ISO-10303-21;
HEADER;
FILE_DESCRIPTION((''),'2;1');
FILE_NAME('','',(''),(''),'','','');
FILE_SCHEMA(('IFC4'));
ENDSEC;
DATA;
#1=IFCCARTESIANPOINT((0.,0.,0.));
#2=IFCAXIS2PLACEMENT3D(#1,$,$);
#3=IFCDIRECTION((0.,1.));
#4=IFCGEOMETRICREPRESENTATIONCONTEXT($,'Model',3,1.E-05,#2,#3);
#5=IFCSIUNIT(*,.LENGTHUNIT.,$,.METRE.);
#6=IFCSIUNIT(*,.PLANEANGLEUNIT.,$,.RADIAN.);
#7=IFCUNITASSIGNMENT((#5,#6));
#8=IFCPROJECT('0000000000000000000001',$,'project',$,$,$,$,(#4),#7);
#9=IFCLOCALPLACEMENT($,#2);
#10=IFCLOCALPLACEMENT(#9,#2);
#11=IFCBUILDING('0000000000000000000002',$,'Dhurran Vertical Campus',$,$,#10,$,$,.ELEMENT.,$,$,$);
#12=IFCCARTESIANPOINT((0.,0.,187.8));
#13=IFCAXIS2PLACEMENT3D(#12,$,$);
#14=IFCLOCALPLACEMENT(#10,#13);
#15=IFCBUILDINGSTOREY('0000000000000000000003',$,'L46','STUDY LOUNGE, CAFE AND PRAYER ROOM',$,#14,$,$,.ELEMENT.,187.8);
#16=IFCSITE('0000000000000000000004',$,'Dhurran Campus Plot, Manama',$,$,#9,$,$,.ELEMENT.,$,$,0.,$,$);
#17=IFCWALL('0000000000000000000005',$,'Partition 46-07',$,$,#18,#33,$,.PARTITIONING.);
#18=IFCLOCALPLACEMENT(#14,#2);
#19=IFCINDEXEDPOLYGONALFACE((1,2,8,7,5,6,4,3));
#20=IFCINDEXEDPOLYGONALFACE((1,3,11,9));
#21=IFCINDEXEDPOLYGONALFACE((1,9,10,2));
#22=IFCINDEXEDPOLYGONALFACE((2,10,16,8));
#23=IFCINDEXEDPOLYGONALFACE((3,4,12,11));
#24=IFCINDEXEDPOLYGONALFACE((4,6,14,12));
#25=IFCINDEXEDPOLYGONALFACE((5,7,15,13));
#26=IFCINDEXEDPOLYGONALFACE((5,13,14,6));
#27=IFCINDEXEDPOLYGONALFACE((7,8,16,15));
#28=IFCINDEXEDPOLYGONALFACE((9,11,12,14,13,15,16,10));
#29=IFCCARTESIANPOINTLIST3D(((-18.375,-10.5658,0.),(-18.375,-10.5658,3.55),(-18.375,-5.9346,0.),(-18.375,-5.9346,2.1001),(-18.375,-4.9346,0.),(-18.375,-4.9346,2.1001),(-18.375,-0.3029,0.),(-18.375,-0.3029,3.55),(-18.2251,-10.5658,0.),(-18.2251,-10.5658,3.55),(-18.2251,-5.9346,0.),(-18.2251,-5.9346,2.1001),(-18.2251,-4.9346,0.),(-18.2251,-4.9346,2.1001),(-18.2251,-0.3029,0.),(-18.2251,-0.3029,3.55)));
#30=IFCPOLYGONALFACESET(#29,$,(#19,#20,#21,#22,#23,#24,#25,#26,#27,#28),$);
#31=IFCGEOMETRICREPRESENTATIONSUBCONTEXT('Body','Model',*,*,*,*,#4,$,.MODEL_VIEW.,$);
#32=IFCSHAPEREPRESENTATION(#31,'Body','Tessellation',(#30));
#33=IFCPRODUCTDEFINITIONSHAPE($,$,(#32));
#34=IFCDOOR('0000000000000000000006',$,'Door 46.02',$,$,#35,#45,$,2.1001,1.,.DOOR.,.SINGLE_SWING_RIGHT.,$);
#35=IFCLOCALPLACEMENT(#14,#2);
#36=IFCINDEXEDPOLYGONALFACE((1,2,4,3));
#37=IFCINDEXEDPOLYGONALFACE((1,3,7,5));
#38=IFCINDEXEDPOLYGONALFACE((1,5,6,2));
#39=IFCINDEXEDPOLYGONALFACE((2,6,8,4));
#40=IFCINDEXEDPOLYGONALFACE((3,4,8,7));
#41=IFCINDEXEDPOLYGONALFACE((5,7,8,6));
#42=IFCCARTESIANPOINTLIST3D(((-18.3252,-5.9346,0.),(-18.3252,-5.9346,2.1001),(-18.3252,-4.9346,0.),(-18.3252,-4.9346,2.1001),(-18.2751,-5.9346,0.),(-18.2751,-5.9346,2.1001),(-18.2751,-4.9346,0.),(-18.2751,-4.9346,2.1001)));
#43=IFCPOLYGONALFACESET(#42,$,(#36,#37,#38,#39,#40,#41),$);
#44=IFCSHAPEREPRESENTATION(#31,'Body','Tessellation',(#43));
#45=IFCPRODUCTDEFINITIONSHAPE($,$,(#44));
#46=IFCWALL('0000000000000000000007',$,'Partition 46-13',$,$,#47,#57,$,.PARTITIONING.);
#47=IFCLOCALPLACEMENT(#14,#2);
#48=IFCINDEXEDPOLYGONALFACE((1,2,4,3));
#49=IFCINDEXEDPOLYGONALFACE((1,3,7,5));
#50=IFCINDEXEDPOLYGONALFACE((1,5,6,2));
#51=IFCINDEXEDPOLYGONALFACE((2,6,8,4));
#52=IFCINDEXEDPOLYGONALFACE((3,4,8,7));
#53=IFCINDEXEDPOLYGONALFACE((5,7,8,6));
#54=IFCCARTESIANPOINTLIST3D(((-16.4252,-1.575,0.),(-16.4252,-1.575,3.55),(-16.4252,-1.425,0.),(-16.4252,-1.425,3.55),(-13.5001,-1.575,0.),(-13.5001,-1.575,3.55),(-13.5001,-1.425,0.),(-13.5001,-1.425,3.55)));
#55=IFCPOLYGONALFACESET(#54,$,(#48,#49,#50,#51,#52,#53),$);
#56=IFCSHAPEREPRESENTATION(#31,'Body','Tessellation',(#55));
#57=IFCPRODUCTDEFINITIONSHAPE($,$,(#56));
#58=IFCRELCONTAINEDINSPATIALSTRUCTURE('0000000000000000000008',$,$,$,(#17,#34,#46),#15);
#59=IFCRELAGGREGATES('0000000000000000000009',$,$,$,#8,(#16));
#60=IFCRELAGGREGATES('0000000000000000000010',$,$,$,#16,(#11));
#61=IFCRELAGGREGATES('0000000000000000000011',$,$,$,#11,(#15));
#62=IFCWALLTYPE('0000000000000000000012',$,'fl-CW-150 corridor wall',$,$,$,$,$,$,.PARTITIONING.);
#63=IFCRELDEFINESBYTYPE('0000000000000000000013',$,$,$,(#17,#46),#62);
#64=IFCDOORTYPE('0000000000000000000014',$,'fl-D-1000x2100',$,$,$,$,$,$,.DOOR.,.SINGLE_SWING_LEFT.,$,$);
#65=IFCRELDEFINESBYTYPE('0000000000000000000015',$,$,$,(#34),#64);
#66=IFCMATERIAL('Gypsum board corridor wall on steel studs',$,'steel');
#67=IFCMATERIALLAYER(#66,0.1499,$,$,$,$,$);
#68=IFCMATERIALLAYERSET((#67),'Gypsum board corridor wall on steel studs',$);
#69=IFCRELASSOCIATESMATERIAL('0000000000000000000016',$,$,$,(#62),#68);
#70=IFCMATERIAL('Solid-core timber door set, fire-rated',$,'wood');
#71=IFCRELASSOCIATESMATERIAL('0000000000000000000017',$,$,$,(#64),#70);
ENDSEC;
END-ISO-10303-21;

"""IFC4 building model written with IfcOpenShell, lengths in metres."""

from ifc_helpers import new_model, si_unit, direction, frame, frame_2d, origin, place, context, subcontext, project, spatial, rectangle, extrude, material, layer, layer_set, type_object, element, fill, save


model = new_model("IFC4")

# Units and contexts
model_context = context("Model", 3, precision=1e-05, world=origin(), true_north=direction((0.0, 1.0)))
body_context = subcontext(model_context, "Body", "Model", "MODEL_VIEW")
ifc_project = project(units=[si_unit("LENGTHUNIT", "METRE"), si_unit("PLANEANGLEUNIT", "RADIAN")], contexts=[model_context])

# Site, building, storey
site_placement = place(None, origin())
site = spatial("IfcSite", under=ifc_project, at=site_placement, Name="Dhurran Campus Plot, Manama", CompositionType="ELEMENT", RefElevation=0.0)
building_placement = place(site_placement, origin())
building = spatial("IfcBuilding", under=site, at=building_placement, Name="Dhurran Vertical Campus", CompositionType="ELEMENT")
storey_placement = place(building_placement, frame((0.0, 0.0, 187.8)))
storey = spatial("IfcBuildingStorey", under=building, at=storey_placement, Name="L46", Description="STUDY LOUNGE, CAFE AND PRAYER ROOM", CompositionType="ELEMENT", Elevation=187.8)

# Wall, opening, door
ifc_material_1 = material(Name="Gypsum board corridor wall on steel studs", Category="steel")
ifc_layer_1 = layer(ifc_material_1, 0.1499)
ifc_layer_set_1 = layer_set([ifc_layer_1], Name="Gypsum board corridor wall on steel studs")
wall_type_1 = type_object("IfcWallType", Name="fl-CW-150 corridor wall", PredefinedType="PARTITIONING", material=ifc_layer_set_1)
ifc_material_2 = material(Name="Solid-core timber door set, fire-rated", Category="wood")
door_type_1 = type_object("IfcDoorType", Name="fl-D-1000x2100", OperationType="SINGLE_SWING_LEFT", PredefinedType="DOOR", material=ifc_material_2)
wall_1_placement = place(storey_placement, frame((-18.3, -0.303, 0.0), z_axis=(0.0, 0.0, 1.0), x_axis=(0.0, -1.0, 0.0)))
wall_1 = element("IfcWall", 1, at=wall_1_placement, inside=storey, type_object=wall_type_1, Name="Partition 46-07", PredefinedType="PARTITIONING", context=body_context, shape_type="SweptSolid", body=[
    extrude(rectangle(XDim=10.2629, YDim=0.1499, at=frame_2d((5.1313, 0.0))), origin(), (0.0, 0.0, 1.0), 3.55),
])
opening_1_placement = place(wall_1_placement, frame((4.6316, 0.0, 0.0)))
opening_1 = element("IfcOpeningElement", 2, at=opening_1_placement, cuts=wall_1, PredefinedType="OPENING", context=body_context, shape_type="SweptSolid", body=[
    extrude(rectangle(XDim=1.0, YDim=2.1001, at=frame_2d((0.5, 1.05))), frame((0.0, 0.085, 0.0), z_axis=(0.0, -1.0, 0.0), x_axis=(1.0, 0.0, 0.0)), (0.0, 0.0, 1.0), 0.1699),
])
door_1_placement = place(opening_1_placement, origin())
door_1 = element("IfcDoor", 3, at=door_1_placement, inside=storey, type_object=door_type_1, Name="Door 46.02", OperationType="SINGLE_SWING_RIGHT", OverallHeight=2.1001, OverallWidth=1.0, PredefinedType="DOOR", context=body_context, shape_type="SweptSolid", body=[
    extrude(rectangle(XDim=1.0, YDim=2.1001, at=frame_2d((0.5, 1.05))), frame((0.0, 0.0249, 0.0), z_axis=(0.0, -1.0, 0.0), x_axis=(1.0, 0.0, 0.0)), (0.0, 0.0, 1.0), 0.05),
])
fill(opening_1, door_1)

# Wall
wall_2_placement = place(storey_placement, frame((-16.425, -1.5, 0.0), z_axis=(0.0, 0.0, 1.0), x_axis=(1.0, 0.0, 0.0)))
element("IfcWall", 4, at=wall_2_placement, inside=storey, type_object=wall_type_1, Name="Partition 46-13", PredefinedType="PARTITIONING", context=body_context, shape_type="SweptSolid", body=[
    extrude(rectangle(XDim=2.925, YDim=0.1499, at=frame_2d((1.4624, 0.0))), origin(), (0.0, 0.0, 1.0), 3.55),
])

save(model, "model.ifc")
